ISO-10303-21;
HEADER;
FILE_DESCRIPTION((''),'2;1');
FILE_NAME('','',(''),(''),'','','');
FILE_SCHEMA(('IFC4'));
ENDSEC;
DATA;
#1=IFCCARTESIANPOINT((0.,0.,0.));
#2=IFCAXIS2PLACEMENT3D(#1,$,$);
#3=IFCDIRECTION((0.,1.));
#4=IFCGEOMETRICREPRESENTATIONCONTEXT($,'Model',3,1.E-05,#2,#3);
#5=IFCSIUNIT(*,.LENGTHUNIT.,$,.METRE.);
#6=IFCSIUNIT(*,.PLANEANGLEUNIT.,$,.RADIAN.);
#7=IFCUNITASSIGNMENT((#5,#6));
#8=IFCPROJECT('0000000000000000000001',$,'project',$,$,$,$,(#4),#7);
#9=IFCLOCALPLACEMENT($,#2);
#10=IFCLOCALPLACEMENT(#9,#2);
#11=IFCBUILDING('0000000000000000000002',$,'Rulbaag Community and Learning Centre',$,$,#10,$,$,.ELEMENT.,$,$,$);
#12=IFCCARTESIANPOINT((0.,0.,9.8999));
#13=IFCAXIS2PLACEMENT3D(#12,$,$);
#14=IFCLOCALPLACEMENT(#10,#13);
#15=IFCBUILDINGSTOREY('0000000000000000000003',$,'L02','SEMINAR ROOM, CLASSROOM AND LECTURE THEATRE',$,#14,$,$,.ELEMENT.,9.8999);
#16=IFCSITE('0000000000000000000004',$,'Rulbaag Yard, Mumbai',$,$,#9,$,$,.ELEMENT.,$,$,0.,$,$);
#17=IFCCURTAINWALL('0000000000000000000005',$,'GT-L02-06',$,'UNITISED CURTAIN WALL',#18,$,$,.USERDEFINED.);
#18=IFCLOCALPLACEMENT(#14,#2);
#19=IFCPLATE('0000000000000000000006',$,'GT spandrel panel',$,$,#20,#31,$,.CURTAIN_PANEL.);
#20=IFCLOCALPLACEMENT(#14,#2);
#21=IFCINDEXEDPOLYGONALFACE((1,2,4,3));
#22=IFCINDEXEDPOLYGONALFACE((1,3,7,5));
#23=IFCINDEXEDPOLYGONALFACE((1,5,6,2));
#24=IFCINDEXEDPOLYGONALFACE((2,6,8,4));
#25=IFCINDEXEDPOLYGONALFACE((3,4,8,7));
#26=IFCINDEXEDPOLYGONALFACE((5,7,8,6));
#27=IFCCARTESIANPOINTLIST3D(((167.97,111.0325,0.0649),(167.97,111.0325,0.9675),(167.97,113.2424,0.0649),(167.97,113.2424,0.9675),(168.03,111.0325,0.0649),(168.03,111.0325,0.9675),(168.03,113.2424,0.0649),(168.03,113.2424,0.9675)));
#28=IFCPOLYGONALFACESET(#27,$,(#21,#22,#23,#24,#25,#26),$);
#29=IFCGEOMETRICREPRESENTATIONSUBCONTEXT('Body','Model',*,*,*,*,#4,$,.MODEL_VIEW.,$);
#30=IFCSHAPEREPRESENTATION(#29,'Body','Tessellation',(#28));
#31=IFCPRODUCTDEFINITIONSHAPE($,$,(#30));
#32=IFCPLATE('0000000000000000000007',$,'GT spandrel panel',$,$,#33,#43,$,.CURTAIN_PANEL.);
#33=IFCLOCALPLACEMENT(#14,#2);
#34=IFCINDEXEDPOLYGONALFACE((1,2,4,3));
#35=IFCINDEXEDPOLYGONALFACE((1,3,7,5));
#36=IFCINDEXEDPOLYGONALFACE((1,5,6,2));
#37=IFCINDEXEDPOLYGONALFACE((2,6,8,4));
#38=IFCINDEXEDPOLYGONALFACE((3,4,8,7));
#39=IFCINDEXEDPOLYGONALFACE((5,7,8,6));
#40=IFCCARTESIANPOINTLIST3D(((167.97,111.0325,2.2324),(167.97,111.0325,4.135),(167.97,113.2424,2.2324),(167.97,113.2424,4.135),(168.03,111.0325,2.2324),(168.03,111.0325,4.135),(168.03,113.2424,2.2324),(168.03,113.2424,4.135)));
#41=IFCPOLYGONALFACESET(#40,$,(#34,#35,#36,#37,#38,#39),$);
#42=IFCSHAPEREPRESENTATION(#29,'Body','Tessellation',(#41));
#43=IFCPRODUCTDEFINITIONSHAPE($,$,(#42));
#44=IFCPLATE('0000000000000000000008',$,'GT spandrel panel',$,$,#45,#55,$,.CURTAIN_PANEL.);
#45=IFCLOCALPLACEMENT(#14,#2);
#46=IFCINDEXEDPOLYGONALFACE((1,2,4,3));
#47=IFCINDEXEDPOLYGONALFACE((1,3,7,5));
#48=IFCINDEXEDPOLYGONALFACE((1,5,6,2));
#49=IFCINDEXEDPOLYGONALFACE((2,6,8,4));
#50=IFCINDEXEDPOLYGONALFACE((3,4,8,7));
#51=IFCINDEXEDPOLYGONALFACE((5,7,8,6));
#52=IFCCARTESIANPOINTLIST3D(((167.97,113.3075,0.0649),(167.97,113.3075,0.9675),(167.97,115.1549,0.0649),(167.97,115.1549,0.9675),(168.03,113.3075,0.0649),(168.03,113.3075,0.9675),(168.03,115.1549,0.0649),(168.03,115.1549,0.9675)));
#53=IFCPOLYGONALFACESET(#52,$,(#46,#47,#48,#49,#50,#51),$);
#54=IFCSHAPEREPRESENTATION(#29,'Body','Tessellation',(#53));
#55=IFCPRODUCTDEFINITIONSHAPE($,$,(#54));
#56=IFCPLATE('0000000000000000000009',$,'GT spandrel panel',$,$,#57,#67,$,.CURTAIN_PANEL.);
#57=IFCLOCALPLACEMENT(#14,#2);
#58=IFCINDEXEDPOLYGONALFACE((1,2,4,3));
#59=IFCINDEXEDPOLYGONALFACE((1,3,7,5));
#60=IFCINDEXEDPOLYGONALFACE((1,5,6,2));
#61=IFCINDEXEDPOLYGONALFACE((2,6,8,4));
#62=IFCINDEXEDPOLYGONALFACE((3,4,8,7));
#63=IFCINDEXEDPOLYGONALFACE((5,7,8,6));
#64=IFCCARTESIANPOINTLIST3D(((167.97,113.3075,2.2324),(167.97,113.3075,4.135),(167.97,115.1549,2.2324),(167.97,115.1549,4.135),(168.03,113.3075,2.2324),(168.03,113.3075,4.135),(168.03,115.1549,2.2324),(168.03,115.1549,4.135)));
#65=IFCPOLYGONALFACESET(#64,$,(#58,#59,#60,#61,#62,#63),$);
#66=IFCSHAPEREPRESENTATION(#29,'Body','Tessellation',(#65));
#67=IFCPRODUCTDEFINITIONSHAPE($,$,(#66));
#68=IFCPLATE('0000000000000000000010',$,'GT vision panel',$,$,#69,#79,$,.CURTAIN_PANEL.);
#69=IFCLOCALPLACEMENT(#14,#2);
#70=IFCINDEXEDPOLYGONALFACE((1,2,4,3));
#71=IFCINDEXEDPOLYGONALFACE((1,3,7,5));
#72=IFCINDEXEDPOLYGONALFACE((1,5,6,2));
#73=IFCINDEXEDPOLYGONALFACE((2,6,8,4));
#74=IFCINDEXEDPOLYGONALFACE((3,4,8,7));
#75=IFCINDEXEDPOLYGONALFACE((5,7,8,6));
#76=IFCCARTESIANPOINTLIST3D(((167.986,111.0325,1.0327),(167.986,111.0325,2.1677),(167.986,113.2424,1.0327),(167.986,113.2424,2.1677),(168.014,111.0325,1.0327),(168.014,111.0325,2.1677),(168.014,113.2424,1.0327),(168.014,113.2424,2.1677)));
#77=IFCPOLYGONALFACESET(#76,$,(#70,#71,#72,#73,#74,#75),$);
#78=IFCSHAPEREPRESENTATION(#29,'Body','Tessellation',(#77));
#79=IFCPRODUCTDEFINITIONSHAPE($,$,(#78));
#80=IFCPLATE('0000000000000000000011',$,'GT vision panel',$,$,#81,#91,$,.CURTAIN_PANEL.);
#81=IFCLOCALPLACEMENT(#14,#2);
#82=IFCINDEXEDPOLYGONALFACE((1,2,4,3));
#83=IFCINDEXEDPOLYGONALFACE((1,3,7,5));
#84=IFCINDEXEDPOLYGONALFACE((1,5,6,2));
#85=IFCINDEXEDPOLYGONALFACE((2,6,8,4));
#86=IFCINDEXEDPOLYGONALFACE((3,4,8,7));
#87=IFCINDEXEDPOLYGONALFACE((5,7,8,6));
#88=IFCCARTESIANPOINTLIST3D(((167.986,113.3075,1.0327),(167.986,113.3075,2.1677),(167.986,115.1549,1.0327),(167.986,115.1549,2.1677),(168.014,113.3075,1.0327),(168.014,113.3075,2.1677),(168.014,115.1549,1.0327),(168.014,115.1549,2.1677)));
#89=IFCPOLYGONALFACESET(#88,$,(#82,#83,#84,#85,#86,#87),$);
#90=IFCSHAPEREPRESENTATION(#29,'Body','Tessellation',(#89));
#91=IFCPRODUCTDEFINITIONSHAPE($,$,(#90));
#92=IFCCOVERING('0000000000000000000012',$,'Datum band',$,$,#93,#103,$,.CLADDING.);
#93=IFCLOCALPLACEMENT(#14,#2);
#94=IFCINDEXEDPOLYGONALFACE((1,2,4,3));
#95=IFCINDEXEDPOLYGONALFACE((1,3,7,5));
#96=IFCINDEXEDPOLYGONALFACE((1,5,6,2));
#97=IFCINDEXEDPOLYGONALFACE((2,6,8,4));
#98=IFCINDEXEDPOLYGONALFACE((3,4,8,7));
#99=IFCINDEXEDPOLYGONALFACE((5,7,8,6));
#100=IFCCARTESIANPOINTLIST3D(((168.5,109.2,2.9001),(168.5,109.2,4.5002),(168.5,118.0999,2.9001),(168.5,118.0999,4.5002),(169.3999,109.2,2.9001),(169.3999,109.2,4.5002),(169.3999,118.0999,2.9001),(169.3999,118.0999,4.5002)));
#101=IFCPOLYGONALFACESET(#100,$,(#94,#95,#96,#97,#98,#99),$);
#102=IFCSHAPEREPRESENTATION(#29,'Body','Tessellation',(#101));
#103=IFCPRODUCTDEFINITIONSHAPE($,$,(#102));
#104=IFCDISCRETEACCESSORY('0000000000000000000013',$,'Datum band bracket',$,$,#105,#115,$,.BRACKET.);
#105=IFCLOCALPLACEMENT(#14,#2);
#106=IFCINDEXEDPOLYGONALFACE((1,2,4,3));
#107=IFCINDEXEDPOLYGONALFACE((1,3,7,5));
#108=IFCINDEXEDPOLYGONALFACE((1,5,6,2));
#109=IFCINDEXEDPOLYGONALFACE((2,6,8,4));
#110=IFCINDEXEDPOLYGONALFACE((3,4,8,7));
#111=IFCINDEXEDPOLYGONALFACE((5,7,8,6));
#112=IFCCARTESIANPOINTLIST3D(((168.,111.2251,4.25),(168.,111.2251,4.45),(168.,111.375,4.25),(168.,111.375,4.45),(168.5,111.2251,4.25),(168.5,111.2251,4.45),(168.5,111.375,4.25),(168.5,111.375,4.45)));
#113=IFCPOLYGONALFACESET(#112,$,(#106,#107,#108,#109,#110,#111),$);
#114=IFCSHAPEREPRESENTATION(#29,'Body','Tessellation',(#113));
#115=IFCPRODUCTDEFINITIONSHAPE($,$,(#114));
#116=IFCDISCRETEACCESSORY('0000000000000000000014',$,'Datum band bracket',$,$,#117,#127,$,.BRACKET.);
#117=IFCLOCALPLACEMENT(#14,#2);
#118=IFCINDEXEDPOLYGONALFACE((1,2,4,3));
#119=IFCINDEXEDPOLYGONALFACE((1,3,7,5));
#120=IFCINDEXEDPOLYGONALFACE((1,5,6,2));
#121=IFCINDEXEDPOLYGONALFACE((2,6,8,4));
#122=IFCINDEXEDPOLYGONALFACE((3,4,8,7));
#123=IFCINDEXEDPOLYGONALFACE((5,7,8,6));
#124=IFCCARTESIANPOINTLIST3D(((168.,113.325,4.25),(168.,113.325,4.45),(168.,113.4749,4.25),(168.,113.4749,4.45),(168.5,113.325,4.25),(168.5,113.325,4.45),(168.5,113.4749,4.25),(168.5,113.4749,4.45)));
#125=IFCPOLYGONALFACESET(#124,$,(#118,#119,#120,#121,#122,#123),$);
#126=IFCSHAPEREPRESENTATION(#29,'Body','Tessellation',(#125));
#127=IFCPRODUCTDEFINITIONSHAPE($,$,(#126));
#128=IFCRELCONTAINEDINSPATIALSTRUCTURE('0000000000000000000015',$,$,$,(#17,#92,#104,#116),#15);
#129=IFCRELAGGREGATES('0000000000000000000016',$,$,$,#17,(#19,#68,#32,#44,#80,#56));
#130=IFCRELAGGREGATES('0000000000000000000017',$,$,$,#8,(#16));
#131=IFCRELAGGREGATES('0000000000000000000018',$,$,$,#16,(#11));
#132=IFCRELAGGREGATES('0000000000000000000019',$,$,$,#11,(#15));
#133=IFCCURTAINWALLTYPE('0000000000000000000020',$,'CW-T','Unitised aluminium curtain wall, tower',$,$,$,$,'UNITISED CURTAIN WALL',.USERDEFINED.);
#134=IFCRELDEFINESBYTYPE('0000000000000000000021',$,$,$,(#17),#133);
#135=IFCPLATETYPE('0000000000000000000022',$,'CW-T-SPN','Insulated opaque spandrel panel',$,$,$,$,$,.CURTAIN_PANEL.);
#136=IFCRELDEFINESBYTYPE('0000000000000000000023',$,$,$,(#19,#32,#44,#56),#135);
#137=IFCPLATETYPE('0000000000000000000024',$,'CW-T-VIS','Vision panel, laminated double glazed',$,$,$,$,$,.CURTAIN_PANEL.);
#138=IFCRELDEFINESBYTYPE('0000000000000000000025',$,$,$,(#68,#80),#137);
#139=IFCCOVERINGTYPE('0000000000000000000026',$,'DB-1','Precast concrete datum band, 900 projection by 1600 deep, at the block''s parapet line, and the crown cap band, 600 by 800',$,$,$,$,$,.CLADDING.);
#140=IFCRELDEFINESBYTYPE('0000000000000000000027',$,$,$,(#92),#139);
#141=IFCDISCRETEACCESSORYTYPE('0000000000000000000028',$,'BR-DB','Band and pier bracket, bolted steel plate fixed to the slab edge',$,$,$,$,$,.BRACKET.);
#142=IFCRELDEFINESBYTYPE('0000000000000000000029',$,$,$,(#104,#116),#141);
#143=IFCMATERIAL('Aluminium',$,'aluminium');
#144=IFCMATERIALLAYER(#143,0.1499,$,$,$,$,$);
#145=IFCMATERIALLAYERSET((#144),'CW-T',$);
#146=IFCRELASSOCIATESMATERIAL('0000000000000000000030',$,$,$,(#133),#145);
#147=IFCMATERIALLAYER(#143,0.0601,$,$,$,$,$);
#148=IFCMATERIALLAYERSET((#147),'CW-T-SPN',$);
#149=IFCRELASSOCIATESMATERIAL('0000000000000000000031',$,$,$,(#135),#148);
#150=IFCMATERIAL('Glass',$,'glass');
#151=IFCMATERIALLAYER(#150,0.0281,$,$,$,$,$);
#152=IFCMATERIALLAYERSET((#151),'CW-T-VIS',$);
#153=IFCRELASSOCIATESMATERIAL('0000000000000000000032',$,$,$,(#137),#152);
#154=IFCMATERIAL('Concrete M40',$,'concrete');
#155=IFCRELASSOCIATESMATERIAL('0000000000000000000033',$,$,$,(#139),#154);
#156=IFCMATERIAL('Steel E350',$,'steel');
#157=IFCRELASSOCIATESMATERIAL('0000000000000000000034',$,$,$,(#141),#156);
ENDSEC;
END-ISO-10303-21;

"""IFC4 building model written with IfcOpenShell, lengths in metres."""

from ifc_helpers import new_model, si_unit, direction, frame, origin, origin_2d, place, context, subcontext, project, spatial, rectangle, extrude, material, layer, layer_set, type_object, element, aggregate, save


model = new_model("IFC4")

# Units and contexts
model_context = context("Model", 3, precision=1e-05, world=origin(), true_north=direction((0.0, 1.0)))
body_context = subcontext(model_context, "Body", "Model", "MODEL_VIEW")
ifc_project = project(units=[si_unit("LENGTHUNIT", "METRE"), si_unit("PLANEANGLEUNIT", "RADIAN")], contexts=[model_context])

# Site, building, storey
site_placement = place(None, origin())
site = spatial("IfcSite", under=ifc_project, at=site_placement, Name="Rulbaag Yard, Mumbai", CompositionType="ELEMENT", RefElevation=0.0)
building_placement = place(site_placement, origin())
building = spatial("IfcBuilding", under=site, at=building_placement, Name="Rulbaag Community and Learning Centre", CompositionType="ELEMENT")
storey_placement = place(building_placement, frame((0.0, 0.0, 9.8999)))
storey = spatial("IfcBuildingStorey", under=building, at=storey_placement, Name="L02", Description="SEMINAR ROOM, CLASSROOM AND LECTURE THEATRE", CompositionType="ELEMENT", Elevation=9.8999)

# Curtain wall, plates
ifc_material_1 = material(Name="Aluminium", Category="aluminium")
ifc_layer_1 = layer(ifc_material_1, 0.1499)
ifc_layer_set_1 = layer_set([ifc_layer_1], Name="CW-T")
curtain_wall_type = type_object("IfcCurtainWallType", Name="CW-T", Description="Unitised aluminium curtain wall, tower", ElementType="UNITISED CURTAIN WALL", PredefinedType="USERDEFINED", material=ifc_layer_set_1)
curtain_wall_placement = place(storey_placement, origin())
curtain_wall = element("IfcCurtainWall", 1, at=curtain_wall_placement, inside=storey, type_object=curtain_wall_type, Name="GT-L02-06", ObjectType="UNITISED CURTAIN WALL", PredefinedType="USERDEFINED")
ifc_layer_2 = layer(ifc_material_1, 0.0601)
ifc_layer_set_2 = layer_set([ifc_layer_2], Name="CW-T-SPN")
plate_type_1 = type_object("IfcPlateType", Name="CW-T-SPN", Description="Insulated opaque spandrel panel", PredefinedType="CURTAIN_PANEL", material=ifc_layer_set_2)
plate_1_placement = place(storey_placement, frame((168.0, 112.1375, 0.0649), z_axis=(0.0, 0.0, 1.0), x_axis=(0.0, 1.0, 0.0)))
plate_1 = element("IfcPlate", 2, at=plate_1_placement, type_object=plate_type_1, Name="GT spandrel panel", PredefinedType="CURTAIN_PANEL", context=body_context, shape_type="SweptSolid", body=[
    extrude(rectangle(XDim=2.21, YDim=0.0601, at=origin_2d()), origin(), (0.0, 0.0, 1.0), 0.9026),
])
plate_2_placement = place(storey_placement, frame((168.0, 112.1375, 2.2324), z_axis=(0.0, 0.0, 1.0), x_axis=(0.0, 1.0, 0.0)))
plate_2 = element("IfcPlate", 3, at=plate_2_placement, type_object=plate_type_1, Name="GT spandrel panel", PredefinedType="CURTAIN_PANEL", context=body_context, shape_type="SweptSolid", body=[
    extrude(rectangle(XDim=2.21, YDim=0.0601, at=origin_2d()), origin(), (0.0, 0.0, 1.0), 1.9026),
])
plate_3_placement = place(storey_placement, frame((168.0, 114.2312, 0.0649), z_axis=(0.0, 0.0, 1.0), x_axis=(0.0, 1.0, 0.0)))
plate_3 = element("IfcPlate", 4, at=plate_3_placement, type_object=plate_type_1, Name="GT spandrel panel", PredefinedType="CURTAIN_PANEL", context=body_context, shape_type="SweptSolid", body=[
    extrude(rectangle(XDim=1.8474, YDim=0.0601, at=origin_2d()), origin(), (0.0, 0.0, 1.0), 0.9026),
])
plate_4_placement = place(storey_placement, frame((168.0, 114.2312, 2.2324), z_axis=(0.0, 0.0, 1.0), x_axis=(0.0, 1.0, 0.0)))
plate_4 = element("IfcPlate", 5, at=plate_4_placement, type_object=plate_type_1, Name="GT spandrel panel", PredefinedType="CURTAIN_PANEL", context=body_context, shape_type="SweptSolid", body=[
    extrude(rectangle(XDim=1.8474, YDim=0.0601, at=origin_2d()), origin(), (0.0, 0.0, 1.0), 1.9026),
])
ifc_material_2 = material(Name="Glass", Category="glass")
ifc_layer_3 = layer(ifc_material_2, 0.0281)
ifc_layer_set_3 = layer_set([ifc_layer_3], Name="CW-T-VIS")
plate_type_2 = type_object("IfcPlateType", Name="CW-T-VIS", Description="Vision panel, laminated double glazed", PredefinedType="CURTAIN_PANEL", material=ifc_layer_set_3)
plate_5_placement = place(storey_placement, frame((168.0, 112.1375, 1.0327), z_axis=(0.0, 0.0, 1.0), x_axis=(0.0, 1.0, 0.0)))
plate_5 = element("IfcPlate", 6, at=plate_5_placement, type_object=plate_type_2, Name="GT vision panel", PredefinedType="CURTAIN_PANEL", context=body_context, shape_type="SweptSolid", body=[
    extrude(rectangle(XDim=2.21, YDim=0.0281, at=origin_2d()), origin(), (0.0, 0.0, 1.0), 1.135),
])
plate_6_placement = place(storey_placement, frame((168.0, 114.2312, 1.0327), z_axis=(0.0, 0.0, 1.0), x_axis=(0.0, 1.0, 0.0)))
plate_6 = element("IfcPlate", 7, at=plate_6_placement, type_object=plate_type_2, Name="GT vision panel", PredefinedType="CURTAIN_PANEL", context=body_context, shape_type="SweptSolid", body=[
    extrude(rectangle(XDim=1.8474, YDim=0.0281, at=origin_2d()), origin(), (0.0, 0.0, 1.0), 1.135),
])
aggregate(curtain_wall, [plate_1, plate_5, plate_2, plate_3, plate_6, plate_4])

# Covering
ifc_material_3 = material(Name="Concrete M40", Category="concrete")
covering_type = type_object("IfcCoveringType", Name="DB-1", Description="Precast concrete datum band, 900 projection by 1600 deep, at the block's parapet line, and the crown cap band, 600 by 800", PredefinedType="CLADDING", material=ifc_material_3)
covering_placement = place(storey_placement, frame((168.95, 113.6499, 2.9001), z_axis=(0.0, 0.0, 1.0), x_axis=(1.0, 0.0, 0.0)))
element("IfcCovering", 8, at=covering_placement, inside=storey, type_object=covering_type, Name="Datum band", PredefinedType="CLADDING", context=body_context, shape_type="SweptSolid", body=[
    extrude(rectangle(XDim=0.8999, YDim=8.8999, at=origin_2d()), origin(), (0.0, 0.0, 1.0), 1.6001),
])

# Discrete accessories
ifc_material_4 = material(Name="Steel E350", Category="steel")
discrete_accessory_type = type_object("IfcDiscreteAccessoryType", Name="BR-DB", Description="Band and pier bracket, bolted steel plate fixed to the slab edge", PredefinedType="BRACKET", material=ifc_material_4)
for number, where, z_axis, x_axis, name in (
    (9, (168.25, 111.3, 4.25), (0.0, 0.0, 1.0), (1.0, 0.0, 0.0), "Datum band bracket"),
    (10, (168.25, 113.3999, 4.25), (0.0, 0.0, 1.0), (1.0, 0.0, 0.0), "Datum band bracket"),
):
    element("IfcDiscreteAccessory", number, at=place(storey_placement, frame(where, z_axis=z_axis, x_axis=x_axis)), inside=storey, type_object=discrete_accessory_type, Name=name, PredefinedType="BRACKET", context=body_context, shape_type="SweptSolid", body=[
        extrude(rectangle(XDim=0.5, YDim=0.1499, at=origin_2d()), origin(), (0.0, 0.0, 1.0), 0.2),
    ])

save(model, "model.ifc")
